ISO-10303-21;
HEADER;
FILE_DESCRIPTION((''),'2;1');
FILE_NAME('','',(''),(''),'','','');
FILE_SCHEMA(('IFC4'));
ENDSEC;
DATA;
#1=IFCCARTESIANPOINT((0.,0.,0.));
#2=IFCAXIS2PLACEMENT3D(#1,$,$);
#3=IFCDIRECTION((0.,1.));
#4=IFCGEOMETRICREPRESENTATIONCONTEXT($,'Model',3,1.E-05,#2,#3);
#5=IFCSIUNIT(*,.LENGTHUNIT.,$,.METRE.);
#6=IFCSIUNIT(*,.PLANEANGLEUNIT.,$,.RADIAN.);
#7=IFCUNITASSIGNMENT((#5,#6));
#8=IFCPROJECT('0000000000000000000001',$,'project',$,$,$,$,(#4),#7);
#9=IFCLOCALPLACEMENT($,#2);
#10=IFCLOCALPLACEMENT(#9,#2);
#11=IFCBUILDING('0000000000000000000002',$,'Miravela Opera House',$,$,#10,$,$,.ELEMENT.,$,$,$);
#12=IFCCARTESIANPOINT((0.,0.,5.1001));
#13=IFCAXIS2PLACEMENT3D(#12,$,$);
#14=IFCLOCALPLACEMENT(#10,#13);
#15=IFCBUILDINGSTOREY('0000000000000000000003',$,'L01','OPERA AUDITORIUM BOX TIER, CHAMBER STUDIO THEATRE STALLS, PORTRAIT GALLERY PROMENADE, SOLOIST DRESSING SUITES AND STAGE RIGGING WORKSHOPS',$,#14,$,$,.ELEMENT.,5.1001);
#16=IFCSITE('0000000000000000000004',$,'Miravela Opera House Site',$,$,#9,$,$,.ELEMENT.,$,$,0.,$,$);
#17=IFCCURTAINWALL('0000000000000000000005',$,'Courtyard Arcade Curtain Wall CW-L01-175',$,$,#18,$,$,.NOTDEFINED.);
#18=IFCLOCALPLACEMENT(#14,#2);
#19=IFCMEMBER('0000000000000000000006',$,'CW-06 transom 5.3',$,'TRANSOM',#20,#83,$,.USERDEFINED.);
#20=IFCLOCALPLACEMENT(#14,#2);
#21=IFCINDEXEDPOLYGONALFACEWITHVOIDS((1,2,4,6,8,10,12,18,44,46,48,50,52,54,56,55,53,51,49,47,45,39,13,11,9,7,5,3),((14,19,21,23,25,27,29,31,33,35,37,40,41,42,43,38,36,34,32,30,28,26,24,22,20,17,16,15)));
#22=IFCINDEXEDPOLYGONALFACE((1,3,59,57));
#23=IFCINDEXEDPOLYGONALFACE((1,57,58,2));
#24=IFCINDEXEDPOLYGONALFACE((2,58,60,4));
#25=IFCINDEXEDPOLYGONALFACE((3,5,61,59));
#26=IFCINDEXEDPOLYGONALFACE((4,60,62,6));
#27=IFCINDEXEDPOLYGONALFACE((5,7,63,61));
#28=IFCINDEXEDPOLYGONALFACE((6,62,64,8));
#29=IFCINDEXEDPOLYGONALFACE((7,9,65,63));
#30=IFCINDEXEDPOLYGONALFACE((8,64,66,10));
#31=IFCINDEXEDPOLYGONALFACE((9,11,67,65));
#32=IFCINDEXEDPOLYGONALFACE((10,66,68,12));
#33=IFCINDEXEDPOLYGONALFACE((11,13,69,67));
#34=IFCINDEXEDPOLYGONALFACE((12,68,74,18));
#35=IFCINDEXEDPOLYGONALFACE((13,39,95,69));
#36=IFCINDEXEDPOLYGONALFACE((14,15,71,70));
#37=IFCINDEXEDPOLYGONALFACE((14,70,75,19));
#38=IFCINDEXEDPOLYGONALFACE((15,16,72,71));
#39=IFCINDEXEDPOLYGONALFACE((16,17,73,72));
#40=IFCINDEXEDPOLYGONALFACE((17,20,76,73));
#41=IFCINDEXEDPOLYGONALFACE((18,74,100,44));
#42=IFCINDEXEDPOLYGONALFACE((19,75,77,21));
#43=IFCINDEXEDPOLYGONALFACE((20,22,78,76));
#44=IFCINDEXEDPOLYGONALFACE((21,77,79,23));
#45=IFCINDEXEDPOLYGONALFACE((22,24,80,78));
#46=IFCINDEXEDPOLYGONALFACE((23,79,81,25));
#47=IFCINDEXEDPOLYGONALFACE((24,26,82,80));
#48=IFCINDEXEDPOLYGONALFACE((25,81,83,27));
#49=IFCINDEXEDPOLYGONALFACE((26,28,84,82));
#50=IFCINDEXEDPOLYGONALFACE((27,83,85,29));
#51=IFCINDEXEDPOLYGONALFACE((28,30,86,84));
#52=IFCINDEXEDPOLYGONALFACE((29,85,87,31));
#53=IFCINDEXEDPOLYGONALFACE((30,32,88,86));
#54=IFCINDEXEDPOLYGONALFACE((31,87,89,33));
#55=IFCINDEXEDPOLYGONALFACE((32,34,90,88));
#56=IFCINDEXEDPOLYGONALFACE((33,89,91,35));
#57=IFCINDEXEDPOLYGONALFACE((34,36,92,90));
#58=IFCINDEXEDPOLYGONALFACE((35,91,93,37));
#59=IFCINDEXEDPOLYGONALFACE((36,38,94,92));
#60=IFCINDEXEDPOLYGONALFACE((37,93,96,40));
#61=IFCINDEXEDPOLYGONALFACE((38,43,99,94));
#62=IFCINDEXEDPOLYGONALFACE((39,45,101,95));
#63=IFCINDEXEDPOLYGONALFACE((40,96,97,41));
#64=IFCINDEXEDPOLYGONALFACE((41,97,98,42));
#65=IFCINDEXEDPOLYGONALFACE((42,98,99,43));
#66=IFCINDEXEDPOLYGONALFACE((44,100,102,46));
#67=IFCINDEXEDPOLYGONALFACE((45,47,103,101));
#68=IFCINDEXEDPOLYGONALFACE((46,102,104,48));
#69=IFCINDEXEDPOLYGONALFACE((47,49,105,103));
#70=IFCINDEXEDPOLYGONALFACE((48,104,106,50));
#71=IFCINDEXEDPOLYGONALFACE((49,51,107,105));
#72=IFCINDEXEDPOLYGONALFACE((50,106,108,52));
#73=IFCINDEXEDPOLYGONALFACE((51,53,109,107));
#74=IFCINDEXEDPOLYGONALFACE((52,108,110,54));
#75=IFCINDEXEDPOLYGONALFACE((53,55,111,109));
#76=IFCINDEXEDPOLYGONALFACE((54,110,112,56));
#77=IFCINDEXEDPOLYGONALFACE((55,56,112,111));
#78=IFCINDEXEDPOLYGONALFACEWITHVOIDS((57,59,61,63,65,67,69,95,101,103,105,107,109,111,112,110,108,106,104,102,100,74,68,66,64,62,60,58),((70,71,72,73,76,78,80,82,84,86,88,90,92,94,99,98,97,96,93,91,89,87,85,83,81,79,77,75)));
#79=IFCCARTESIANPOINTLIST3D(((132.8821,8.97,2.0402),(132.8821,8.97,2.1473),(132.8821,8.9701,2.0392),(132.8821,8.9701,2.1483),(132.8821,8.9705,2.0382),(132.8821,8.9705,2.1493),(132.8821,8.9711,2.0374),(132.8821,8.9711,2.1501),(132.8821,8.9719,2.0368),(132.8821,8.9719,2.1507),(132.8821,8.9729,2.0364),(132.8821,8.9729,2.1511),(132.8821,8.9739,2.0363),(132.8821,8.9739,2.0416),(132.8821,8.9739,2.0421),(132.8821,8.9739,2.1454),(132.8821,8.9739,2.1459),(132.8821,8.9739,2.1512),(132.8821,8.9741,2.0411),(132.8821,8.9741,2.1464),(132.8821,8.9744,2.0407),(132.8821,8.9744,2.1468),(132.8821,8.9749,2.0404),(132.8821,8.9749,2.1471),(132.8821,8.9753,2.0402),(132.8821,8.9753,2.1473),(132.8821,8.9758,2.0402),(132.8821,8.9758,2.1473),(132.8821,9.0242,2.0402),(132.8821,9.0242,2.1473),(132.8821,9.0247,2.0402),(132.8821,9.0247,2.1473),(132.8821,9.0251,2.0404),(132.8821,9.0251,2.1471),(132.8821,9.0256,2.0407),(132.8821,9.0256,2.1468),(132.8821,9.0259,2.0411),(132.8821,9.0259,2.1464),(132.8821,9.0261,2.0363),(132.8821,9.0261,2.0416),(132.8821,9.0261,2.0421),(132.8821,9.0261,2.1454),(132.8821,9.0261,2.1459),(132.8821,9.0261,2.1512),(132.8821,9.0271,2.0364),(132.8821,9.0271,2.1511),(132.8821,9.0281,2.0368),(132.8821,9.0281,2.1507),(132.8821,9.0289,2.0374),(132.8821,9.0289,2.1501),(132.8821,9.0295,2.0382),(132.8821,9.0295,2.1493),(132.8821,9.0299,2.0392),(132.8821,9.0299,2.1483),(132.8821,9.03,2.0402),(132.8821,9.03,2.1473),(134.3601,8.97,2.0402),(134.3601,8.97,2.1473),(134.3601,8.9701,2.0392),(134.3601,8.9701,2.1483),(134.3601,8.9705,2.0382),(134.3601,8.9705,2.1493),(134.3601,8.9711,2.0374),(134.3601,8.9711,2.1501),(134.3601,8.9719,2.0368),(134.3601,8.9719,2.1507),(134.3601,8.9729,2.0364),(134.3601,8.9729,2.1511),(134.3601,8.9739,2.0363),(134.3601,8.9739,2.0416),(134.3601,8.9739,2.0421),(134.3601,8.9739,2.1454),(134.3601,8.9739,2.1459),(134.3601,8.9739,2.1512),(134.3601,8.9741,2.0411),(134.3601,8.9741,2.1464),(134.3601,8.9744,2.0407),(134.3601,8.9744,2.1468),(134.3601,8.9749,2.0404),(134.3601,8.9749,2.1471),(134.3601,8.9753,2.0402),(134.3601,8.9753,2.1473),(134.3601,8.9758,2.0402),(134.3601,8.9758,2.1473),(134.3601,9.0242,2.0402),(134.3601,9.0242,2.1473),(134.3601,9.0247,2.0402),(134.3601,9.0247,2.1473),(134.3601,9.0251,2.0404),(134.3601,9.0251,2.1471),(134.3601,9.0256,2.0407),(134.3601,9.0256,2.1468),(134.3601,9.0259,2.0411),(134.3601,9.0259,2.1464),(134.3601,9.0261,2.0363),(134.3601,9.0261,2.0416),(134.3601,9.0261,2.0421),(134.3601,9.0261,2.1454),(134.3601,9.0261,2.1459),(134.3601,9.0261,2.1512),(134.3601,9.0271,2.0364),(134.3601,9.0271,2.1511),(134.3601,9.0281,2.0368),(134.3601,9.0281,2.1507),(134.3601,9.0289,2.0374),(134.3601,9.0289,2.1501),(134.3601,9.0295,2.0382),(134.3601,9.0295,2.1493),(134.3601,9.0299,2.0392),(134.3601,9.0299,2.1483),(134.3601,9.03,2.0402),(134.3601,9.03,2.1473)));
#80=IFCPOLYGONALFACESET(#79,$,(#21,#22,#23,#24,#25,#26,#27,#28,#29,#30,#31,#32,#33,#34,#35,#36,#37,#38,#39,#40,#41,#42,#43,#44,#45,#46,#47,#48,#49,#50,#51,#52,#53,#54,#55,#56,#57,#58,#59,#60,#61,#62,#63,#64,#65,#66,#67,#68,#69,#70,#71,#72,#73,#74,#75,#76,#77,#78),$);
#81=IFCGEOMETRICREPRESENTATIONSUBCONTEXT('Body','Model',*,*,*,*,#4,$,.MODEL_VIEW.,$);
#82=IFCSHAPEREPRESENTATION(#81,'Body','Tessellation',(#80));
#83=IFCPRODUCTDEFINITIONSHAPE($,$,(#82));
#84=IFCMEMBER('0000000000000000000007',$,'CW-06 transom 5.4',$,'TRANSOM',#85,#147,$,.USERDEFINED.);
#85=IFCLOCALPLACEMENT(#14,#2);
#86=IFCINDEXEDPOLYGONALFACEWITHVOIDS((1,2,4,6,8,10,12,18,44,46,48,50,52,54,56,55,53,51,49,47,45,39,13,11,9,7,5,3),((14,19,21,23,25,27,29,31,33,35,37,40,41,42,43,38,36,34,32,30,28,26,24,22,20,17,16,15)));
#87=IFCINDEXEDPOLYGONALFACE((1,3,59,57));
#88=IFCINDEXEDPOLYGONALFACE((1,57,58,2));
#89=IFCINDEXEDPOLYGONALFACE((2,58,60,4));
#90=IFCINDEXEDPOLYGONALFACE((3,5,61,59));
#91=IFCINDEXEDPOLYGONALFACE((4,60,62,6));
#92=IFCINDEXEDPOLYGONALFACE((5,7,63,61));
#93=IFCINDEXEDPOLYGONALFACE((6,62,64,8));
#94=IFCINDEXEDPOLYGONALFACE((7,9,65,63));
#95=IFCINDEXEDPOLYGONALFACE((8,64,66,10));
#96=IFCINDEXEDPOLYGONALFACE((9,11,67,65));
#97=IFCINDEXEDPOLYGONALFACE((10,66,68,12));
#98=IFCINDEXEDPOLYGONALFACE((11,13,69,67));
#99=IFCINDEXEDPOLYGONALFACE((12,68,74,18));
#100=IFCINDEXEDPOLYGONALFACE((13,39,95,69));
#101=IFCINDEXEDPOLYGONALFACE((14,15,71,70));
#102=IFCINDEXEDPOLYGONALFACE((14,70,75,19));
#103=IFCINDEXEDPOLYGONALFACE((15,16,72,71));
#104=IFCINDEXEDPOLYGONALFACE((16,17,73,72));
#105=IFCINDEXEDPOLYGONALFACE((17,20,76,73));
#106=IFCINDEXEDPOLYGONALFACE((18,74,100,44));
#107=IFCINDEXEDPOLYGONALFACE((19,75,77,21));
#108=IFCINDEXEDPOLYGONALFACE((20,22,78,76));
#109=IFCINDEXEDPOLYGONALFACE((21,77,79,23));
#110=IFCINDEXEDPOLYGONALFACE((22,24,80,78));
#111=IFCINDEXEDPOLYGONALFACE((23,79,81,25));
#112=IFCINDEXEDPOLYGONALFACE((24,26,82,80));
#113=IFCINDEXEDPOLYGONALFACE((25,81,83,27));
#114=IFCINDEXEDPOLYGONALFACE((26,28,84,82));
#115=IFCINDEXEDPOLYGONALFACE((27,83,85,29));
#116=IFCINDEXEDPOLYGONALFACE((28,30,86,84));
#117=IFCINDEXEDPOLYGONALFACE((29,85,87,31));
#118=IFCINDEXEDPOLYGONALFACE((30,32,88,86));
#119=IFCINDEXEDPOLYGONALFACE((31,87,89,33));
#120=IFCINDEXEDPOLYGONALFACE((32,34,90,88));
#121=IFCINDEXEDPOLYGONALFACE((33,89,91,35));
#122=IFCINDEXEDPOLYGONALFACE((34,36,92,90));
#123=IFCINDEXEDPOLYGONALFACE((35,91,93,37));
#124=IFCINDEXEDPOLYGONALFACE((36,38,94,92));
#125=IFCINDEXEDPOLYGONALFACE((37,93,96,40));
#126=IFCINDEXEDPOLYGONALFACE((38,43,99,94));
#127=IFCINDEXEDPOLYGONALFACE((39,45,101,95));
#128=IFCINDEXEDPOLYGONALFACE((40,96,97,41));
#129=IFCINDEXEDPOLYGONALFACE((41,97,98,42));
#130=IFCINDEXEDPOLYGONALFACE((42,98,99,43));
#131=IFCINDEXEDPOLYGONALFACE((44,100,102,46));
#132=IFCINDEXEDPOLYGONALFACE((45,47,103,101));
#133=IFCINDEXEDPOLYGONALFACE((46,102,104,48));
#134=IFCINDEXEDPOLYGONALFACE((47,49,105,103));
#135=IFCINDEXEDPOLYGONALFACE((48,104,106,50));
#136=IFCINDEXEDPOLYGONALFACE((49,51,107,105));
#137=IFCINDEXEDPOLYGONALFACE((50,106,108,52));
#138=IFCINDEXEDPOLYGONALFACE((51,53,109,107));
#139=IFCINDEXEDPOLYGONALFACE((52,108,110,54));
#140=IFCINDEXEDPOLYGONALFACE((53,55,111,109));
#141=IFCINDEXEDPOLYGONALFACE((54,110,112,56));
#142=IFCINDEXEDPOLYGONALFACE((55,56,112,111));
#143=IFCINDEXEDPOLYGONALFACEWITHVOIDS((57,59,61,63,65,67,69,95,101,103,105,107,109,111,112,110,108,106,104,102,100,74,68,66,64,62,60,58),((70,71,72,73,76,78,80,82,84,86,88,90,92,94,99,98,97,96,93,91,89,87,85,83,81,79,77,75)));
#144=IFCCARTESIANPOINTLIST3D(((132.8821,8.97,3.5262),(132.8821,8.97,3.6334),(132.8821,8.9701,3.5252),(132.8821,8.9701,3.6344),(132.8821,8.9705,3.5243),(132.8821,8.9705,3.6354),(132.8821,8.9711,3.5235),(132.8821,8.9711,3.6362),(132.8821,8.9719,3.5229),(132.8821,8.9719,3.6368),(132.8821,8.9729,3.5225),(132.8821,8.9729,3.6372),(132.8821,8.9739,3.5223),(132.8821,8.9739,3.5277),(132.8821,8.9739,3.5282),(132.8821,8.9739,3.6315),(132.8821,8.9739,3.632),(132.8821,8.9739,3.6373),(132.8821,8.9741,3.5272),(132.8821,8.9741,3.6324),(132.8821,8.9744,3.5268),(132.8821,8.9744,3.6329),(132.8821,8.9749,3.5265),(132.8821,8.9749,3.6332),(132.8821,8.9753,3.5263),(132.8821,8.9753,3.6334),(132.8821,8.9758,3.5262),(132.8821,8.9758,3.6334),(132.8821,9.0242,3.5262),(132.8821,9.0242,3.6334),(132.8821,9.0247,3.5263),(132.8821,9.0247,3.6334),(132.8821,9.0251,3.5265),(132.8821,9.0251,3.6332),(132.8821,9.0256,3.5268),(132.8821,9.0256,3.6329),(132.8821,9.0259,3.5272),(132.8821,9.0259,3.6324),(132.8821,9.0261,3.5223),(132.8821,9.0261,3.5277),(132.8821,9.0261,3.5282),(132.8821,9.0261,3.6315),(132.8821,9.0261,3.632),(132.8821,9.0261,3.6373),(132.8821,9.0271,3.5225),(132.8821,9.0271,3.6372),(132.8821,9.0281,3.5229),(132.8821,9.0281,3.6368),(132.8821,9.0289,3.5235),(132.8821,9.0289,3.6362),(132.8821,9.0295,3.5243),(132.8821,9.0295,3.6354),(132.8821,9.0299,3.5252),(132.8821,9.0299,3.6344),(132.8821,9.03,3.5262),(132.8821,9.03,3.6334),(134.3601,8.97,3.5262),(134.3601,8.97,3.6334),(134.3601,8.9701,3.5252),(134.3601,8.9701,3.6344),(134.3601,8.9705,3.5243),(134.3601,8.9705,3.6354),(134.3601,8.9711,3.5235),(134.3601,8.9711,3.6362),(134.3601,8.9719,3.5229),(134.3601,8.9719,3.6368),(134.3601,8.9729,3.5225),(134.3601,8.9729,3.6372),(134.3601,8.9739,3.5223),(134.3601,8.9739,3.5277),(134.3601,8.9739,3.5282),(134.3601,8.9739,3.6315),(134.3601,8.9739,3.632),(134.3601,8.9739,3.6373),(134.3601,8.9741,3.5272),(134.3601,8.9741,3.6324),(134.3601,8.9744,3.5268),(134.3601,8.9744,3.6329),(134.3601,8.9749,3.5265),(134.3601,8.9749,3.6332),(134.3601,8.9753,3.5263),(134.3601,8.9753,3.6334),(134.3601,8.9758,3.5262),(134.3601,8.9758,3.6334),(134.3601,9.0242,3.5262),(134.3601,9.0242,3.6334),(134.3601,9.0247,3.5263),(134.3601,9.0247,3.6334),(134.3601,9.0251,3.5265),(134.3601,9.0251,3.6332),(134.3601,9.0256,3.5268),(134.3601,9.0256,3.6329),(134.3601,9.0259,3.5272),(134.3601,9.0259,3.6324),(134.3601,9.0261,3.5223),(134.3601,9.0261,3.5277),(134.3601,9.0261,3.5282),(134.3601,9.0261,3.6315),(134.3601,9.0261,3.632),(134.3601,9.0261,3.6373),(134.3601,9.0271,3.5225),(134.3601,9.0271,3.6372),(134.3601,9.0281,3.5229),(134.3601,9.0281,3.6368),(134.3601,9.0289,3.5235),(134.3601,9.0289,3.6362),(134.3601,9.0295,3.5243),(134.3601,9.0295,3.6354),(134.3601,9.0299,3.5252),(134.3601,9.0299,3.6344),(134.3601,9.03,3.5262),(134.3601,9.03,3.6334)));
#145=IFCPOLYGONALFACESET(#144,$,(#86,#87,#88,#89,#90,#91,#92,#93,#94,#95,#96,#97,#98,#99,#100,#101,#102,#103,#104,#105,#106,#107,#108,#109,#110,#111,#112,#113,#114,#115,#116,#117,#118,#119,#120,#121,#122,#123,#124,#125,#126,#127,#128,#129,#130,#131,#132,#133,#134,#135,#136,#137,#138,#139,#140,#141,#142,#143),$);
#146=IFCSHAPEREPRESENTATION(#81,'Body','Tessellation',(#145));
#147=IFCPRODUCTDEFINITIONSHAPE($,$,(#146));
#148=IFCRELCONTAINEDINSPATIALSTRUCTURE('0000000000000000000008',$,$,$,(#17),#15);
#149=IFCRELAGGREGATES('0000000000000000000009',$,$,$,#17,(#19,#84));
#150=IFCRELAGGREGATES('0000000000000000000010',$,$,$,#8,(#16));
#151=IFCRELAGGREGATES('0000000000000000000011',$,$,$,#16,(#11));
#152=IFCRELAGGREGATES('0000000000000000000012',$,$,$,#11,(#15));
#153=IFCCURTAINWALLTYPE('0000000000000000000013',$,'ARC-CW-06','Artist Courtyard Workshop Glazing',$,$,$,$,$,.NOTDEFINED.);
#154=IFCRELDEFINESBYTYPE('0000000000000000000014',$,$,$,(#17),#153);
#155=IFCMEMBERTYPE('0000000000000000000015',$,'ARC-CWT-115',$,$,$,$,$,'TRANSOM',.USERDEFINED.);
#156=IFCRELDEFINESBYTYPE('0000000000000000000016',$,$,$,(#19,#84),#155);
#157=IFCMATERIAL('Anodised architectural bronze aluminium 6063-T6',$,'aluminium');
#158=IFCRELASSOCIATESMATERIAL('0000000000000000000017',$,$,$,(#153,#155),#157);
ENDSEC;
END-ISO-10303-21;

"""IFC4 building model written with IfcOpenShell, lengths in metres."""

from ifc_helpers import new_model, si_unit, direction, frame, origin, origin_2d, place, context, subcontext, project, spatial, hollow_rectangle, extrude, material, material_profile, profile_set, type_object, element, aggregate, save


model = new_model("IFC4")

# Units and contexts
model_context = context("Model", 3, precision=1e-05, world=origin(), true_north=direction((0.0, 1.0)))
body_context = subcontext(model_context, "Body", "Model", "MODEL_VIEW")
ifc_project = project(units=[si_unit("LENGTHUNIT", "METRE"), si_unit("PLANEANGLEUNIT", "RADIAN")], contexts=[model_context])

# Site, building, storey
site_placement = place(None, origin())
site = spatial("IfcSite", under=ifc_project, at=site_placement, Name="Miravela Opera House Site", CompositionType="ELEMENT", RefElevation=0.0)
building_placement = place(site_placement, origin())
building = spatial("IfcBuilding", under=site, at=building_placement, Name="Miravela Opera House", CompositionType="ELEMENT")
storey_placement = place(building_placement, frame((0.0, 0.0, 5.1001)))
storey = spatial("IfcBuildingStorey", under=building, at=storey_placement, Name="L01", Description="OPERA AUDITORIUM BOX TIER, CHAMBER STUDIO THEATRE STALLS, PORTRAIT GALLERY PROMENADE, SOLOIST DRESSING SUITES AND STAGE RIGGING WORKSHOPS", CompositionType="ELEMENT", Elevation=5.1001)

# Curtain wall
ifc_material_1 = material(Name="Anodised architectural bronze aluminium 6063-T6", Category="aluminium")
curtain_wall_type = type_object("IfcCurtainWallType", Name="ARC-CW-06", Description="Artist Courtyard Workshop Glazing", PredefinedType="NOTDEFINED", material=ifc_material_1)
curtain_wall_1_placement = place(storey_placement, origin())
curtain_wall_1 = element("IfcCurtainWall", 1, at=curtain_wall_1_placement, inside=storey, type_object=curtain_wall_type, Name="Courtyard Arcade Curtain Wall CW-L01-175", PredefinedType="NOTDEFINED")

# Members
ifc_material_profile_1 = material_profile(ifc_material_1, hollow_rectangle(XDim=0.0601, YDim=0.115, WallThickness=0.0039, InnerFilletRadius=0.002, OuterFilletRadius=0.0039, at=origin_2d()), Name="CWT-60X115")
ifc_profile_set_1 = profile_set([ifc_material_profile_1])
member_type_1 = type_object("IfcMemberType", Name="ARC-CWT-115", ElementType="TRANSOM", PredefinedType="USERDEFINED", material=ifc_profile_set_1)
member_1_placement = place(storey_placement, frame((132.8821, 9.0, 2.0938), z_axis=(1.0, 0.0, 0.0), x_axis=(0.0, 1.0, 0.0)))
member_1 = element("IfcMember", 2, at=member_1_placement, type_object=member_type_1, Name="CW-06 transom 5.3", ObjectType="TRANSOM", PredefinedType="USERDEFINED", context=body_context, shape_type="SweptSolid", body=[
    extrude(hollow_rectangle(XDim=0.0601, YDim=0.115, WallThickness=0.0039, InnerFilletRadius=0.002, OuterFilletRadius=0.0039, at=origin_2d()), origin(), (0.0, 0.0, 1.0), 1.478),
])
member_2_placement = place(storey_placement, frame((132.8821, 9.0, 3.5798), z_axis=(1.0, 0.0, 0.0), x_axis=(0.0, 1.0, 0.0)))
member_2 = element("IfcMember", 3, at=member_2_placement, type_object=member_type_1, Name="CW-06 transom 5.4", ObjectType="TRANSOM", PredefinedType="USERDEFINED", context=body_context, shape_type="SweptSolid", body=[
    extrude(hollow_rectangle(XDim=0.0601, YDim=0.115, WallThickness=0.0039, InnerFilletRadius=0.002, OuterFilletRadius=0.0039, at=origin_2d()), origin(), (0.0, 0.0, 1.0), 1.478),
])

aggregate(curtain_wall_1, [member_1, member_2])

save(model, "model.ifc")
